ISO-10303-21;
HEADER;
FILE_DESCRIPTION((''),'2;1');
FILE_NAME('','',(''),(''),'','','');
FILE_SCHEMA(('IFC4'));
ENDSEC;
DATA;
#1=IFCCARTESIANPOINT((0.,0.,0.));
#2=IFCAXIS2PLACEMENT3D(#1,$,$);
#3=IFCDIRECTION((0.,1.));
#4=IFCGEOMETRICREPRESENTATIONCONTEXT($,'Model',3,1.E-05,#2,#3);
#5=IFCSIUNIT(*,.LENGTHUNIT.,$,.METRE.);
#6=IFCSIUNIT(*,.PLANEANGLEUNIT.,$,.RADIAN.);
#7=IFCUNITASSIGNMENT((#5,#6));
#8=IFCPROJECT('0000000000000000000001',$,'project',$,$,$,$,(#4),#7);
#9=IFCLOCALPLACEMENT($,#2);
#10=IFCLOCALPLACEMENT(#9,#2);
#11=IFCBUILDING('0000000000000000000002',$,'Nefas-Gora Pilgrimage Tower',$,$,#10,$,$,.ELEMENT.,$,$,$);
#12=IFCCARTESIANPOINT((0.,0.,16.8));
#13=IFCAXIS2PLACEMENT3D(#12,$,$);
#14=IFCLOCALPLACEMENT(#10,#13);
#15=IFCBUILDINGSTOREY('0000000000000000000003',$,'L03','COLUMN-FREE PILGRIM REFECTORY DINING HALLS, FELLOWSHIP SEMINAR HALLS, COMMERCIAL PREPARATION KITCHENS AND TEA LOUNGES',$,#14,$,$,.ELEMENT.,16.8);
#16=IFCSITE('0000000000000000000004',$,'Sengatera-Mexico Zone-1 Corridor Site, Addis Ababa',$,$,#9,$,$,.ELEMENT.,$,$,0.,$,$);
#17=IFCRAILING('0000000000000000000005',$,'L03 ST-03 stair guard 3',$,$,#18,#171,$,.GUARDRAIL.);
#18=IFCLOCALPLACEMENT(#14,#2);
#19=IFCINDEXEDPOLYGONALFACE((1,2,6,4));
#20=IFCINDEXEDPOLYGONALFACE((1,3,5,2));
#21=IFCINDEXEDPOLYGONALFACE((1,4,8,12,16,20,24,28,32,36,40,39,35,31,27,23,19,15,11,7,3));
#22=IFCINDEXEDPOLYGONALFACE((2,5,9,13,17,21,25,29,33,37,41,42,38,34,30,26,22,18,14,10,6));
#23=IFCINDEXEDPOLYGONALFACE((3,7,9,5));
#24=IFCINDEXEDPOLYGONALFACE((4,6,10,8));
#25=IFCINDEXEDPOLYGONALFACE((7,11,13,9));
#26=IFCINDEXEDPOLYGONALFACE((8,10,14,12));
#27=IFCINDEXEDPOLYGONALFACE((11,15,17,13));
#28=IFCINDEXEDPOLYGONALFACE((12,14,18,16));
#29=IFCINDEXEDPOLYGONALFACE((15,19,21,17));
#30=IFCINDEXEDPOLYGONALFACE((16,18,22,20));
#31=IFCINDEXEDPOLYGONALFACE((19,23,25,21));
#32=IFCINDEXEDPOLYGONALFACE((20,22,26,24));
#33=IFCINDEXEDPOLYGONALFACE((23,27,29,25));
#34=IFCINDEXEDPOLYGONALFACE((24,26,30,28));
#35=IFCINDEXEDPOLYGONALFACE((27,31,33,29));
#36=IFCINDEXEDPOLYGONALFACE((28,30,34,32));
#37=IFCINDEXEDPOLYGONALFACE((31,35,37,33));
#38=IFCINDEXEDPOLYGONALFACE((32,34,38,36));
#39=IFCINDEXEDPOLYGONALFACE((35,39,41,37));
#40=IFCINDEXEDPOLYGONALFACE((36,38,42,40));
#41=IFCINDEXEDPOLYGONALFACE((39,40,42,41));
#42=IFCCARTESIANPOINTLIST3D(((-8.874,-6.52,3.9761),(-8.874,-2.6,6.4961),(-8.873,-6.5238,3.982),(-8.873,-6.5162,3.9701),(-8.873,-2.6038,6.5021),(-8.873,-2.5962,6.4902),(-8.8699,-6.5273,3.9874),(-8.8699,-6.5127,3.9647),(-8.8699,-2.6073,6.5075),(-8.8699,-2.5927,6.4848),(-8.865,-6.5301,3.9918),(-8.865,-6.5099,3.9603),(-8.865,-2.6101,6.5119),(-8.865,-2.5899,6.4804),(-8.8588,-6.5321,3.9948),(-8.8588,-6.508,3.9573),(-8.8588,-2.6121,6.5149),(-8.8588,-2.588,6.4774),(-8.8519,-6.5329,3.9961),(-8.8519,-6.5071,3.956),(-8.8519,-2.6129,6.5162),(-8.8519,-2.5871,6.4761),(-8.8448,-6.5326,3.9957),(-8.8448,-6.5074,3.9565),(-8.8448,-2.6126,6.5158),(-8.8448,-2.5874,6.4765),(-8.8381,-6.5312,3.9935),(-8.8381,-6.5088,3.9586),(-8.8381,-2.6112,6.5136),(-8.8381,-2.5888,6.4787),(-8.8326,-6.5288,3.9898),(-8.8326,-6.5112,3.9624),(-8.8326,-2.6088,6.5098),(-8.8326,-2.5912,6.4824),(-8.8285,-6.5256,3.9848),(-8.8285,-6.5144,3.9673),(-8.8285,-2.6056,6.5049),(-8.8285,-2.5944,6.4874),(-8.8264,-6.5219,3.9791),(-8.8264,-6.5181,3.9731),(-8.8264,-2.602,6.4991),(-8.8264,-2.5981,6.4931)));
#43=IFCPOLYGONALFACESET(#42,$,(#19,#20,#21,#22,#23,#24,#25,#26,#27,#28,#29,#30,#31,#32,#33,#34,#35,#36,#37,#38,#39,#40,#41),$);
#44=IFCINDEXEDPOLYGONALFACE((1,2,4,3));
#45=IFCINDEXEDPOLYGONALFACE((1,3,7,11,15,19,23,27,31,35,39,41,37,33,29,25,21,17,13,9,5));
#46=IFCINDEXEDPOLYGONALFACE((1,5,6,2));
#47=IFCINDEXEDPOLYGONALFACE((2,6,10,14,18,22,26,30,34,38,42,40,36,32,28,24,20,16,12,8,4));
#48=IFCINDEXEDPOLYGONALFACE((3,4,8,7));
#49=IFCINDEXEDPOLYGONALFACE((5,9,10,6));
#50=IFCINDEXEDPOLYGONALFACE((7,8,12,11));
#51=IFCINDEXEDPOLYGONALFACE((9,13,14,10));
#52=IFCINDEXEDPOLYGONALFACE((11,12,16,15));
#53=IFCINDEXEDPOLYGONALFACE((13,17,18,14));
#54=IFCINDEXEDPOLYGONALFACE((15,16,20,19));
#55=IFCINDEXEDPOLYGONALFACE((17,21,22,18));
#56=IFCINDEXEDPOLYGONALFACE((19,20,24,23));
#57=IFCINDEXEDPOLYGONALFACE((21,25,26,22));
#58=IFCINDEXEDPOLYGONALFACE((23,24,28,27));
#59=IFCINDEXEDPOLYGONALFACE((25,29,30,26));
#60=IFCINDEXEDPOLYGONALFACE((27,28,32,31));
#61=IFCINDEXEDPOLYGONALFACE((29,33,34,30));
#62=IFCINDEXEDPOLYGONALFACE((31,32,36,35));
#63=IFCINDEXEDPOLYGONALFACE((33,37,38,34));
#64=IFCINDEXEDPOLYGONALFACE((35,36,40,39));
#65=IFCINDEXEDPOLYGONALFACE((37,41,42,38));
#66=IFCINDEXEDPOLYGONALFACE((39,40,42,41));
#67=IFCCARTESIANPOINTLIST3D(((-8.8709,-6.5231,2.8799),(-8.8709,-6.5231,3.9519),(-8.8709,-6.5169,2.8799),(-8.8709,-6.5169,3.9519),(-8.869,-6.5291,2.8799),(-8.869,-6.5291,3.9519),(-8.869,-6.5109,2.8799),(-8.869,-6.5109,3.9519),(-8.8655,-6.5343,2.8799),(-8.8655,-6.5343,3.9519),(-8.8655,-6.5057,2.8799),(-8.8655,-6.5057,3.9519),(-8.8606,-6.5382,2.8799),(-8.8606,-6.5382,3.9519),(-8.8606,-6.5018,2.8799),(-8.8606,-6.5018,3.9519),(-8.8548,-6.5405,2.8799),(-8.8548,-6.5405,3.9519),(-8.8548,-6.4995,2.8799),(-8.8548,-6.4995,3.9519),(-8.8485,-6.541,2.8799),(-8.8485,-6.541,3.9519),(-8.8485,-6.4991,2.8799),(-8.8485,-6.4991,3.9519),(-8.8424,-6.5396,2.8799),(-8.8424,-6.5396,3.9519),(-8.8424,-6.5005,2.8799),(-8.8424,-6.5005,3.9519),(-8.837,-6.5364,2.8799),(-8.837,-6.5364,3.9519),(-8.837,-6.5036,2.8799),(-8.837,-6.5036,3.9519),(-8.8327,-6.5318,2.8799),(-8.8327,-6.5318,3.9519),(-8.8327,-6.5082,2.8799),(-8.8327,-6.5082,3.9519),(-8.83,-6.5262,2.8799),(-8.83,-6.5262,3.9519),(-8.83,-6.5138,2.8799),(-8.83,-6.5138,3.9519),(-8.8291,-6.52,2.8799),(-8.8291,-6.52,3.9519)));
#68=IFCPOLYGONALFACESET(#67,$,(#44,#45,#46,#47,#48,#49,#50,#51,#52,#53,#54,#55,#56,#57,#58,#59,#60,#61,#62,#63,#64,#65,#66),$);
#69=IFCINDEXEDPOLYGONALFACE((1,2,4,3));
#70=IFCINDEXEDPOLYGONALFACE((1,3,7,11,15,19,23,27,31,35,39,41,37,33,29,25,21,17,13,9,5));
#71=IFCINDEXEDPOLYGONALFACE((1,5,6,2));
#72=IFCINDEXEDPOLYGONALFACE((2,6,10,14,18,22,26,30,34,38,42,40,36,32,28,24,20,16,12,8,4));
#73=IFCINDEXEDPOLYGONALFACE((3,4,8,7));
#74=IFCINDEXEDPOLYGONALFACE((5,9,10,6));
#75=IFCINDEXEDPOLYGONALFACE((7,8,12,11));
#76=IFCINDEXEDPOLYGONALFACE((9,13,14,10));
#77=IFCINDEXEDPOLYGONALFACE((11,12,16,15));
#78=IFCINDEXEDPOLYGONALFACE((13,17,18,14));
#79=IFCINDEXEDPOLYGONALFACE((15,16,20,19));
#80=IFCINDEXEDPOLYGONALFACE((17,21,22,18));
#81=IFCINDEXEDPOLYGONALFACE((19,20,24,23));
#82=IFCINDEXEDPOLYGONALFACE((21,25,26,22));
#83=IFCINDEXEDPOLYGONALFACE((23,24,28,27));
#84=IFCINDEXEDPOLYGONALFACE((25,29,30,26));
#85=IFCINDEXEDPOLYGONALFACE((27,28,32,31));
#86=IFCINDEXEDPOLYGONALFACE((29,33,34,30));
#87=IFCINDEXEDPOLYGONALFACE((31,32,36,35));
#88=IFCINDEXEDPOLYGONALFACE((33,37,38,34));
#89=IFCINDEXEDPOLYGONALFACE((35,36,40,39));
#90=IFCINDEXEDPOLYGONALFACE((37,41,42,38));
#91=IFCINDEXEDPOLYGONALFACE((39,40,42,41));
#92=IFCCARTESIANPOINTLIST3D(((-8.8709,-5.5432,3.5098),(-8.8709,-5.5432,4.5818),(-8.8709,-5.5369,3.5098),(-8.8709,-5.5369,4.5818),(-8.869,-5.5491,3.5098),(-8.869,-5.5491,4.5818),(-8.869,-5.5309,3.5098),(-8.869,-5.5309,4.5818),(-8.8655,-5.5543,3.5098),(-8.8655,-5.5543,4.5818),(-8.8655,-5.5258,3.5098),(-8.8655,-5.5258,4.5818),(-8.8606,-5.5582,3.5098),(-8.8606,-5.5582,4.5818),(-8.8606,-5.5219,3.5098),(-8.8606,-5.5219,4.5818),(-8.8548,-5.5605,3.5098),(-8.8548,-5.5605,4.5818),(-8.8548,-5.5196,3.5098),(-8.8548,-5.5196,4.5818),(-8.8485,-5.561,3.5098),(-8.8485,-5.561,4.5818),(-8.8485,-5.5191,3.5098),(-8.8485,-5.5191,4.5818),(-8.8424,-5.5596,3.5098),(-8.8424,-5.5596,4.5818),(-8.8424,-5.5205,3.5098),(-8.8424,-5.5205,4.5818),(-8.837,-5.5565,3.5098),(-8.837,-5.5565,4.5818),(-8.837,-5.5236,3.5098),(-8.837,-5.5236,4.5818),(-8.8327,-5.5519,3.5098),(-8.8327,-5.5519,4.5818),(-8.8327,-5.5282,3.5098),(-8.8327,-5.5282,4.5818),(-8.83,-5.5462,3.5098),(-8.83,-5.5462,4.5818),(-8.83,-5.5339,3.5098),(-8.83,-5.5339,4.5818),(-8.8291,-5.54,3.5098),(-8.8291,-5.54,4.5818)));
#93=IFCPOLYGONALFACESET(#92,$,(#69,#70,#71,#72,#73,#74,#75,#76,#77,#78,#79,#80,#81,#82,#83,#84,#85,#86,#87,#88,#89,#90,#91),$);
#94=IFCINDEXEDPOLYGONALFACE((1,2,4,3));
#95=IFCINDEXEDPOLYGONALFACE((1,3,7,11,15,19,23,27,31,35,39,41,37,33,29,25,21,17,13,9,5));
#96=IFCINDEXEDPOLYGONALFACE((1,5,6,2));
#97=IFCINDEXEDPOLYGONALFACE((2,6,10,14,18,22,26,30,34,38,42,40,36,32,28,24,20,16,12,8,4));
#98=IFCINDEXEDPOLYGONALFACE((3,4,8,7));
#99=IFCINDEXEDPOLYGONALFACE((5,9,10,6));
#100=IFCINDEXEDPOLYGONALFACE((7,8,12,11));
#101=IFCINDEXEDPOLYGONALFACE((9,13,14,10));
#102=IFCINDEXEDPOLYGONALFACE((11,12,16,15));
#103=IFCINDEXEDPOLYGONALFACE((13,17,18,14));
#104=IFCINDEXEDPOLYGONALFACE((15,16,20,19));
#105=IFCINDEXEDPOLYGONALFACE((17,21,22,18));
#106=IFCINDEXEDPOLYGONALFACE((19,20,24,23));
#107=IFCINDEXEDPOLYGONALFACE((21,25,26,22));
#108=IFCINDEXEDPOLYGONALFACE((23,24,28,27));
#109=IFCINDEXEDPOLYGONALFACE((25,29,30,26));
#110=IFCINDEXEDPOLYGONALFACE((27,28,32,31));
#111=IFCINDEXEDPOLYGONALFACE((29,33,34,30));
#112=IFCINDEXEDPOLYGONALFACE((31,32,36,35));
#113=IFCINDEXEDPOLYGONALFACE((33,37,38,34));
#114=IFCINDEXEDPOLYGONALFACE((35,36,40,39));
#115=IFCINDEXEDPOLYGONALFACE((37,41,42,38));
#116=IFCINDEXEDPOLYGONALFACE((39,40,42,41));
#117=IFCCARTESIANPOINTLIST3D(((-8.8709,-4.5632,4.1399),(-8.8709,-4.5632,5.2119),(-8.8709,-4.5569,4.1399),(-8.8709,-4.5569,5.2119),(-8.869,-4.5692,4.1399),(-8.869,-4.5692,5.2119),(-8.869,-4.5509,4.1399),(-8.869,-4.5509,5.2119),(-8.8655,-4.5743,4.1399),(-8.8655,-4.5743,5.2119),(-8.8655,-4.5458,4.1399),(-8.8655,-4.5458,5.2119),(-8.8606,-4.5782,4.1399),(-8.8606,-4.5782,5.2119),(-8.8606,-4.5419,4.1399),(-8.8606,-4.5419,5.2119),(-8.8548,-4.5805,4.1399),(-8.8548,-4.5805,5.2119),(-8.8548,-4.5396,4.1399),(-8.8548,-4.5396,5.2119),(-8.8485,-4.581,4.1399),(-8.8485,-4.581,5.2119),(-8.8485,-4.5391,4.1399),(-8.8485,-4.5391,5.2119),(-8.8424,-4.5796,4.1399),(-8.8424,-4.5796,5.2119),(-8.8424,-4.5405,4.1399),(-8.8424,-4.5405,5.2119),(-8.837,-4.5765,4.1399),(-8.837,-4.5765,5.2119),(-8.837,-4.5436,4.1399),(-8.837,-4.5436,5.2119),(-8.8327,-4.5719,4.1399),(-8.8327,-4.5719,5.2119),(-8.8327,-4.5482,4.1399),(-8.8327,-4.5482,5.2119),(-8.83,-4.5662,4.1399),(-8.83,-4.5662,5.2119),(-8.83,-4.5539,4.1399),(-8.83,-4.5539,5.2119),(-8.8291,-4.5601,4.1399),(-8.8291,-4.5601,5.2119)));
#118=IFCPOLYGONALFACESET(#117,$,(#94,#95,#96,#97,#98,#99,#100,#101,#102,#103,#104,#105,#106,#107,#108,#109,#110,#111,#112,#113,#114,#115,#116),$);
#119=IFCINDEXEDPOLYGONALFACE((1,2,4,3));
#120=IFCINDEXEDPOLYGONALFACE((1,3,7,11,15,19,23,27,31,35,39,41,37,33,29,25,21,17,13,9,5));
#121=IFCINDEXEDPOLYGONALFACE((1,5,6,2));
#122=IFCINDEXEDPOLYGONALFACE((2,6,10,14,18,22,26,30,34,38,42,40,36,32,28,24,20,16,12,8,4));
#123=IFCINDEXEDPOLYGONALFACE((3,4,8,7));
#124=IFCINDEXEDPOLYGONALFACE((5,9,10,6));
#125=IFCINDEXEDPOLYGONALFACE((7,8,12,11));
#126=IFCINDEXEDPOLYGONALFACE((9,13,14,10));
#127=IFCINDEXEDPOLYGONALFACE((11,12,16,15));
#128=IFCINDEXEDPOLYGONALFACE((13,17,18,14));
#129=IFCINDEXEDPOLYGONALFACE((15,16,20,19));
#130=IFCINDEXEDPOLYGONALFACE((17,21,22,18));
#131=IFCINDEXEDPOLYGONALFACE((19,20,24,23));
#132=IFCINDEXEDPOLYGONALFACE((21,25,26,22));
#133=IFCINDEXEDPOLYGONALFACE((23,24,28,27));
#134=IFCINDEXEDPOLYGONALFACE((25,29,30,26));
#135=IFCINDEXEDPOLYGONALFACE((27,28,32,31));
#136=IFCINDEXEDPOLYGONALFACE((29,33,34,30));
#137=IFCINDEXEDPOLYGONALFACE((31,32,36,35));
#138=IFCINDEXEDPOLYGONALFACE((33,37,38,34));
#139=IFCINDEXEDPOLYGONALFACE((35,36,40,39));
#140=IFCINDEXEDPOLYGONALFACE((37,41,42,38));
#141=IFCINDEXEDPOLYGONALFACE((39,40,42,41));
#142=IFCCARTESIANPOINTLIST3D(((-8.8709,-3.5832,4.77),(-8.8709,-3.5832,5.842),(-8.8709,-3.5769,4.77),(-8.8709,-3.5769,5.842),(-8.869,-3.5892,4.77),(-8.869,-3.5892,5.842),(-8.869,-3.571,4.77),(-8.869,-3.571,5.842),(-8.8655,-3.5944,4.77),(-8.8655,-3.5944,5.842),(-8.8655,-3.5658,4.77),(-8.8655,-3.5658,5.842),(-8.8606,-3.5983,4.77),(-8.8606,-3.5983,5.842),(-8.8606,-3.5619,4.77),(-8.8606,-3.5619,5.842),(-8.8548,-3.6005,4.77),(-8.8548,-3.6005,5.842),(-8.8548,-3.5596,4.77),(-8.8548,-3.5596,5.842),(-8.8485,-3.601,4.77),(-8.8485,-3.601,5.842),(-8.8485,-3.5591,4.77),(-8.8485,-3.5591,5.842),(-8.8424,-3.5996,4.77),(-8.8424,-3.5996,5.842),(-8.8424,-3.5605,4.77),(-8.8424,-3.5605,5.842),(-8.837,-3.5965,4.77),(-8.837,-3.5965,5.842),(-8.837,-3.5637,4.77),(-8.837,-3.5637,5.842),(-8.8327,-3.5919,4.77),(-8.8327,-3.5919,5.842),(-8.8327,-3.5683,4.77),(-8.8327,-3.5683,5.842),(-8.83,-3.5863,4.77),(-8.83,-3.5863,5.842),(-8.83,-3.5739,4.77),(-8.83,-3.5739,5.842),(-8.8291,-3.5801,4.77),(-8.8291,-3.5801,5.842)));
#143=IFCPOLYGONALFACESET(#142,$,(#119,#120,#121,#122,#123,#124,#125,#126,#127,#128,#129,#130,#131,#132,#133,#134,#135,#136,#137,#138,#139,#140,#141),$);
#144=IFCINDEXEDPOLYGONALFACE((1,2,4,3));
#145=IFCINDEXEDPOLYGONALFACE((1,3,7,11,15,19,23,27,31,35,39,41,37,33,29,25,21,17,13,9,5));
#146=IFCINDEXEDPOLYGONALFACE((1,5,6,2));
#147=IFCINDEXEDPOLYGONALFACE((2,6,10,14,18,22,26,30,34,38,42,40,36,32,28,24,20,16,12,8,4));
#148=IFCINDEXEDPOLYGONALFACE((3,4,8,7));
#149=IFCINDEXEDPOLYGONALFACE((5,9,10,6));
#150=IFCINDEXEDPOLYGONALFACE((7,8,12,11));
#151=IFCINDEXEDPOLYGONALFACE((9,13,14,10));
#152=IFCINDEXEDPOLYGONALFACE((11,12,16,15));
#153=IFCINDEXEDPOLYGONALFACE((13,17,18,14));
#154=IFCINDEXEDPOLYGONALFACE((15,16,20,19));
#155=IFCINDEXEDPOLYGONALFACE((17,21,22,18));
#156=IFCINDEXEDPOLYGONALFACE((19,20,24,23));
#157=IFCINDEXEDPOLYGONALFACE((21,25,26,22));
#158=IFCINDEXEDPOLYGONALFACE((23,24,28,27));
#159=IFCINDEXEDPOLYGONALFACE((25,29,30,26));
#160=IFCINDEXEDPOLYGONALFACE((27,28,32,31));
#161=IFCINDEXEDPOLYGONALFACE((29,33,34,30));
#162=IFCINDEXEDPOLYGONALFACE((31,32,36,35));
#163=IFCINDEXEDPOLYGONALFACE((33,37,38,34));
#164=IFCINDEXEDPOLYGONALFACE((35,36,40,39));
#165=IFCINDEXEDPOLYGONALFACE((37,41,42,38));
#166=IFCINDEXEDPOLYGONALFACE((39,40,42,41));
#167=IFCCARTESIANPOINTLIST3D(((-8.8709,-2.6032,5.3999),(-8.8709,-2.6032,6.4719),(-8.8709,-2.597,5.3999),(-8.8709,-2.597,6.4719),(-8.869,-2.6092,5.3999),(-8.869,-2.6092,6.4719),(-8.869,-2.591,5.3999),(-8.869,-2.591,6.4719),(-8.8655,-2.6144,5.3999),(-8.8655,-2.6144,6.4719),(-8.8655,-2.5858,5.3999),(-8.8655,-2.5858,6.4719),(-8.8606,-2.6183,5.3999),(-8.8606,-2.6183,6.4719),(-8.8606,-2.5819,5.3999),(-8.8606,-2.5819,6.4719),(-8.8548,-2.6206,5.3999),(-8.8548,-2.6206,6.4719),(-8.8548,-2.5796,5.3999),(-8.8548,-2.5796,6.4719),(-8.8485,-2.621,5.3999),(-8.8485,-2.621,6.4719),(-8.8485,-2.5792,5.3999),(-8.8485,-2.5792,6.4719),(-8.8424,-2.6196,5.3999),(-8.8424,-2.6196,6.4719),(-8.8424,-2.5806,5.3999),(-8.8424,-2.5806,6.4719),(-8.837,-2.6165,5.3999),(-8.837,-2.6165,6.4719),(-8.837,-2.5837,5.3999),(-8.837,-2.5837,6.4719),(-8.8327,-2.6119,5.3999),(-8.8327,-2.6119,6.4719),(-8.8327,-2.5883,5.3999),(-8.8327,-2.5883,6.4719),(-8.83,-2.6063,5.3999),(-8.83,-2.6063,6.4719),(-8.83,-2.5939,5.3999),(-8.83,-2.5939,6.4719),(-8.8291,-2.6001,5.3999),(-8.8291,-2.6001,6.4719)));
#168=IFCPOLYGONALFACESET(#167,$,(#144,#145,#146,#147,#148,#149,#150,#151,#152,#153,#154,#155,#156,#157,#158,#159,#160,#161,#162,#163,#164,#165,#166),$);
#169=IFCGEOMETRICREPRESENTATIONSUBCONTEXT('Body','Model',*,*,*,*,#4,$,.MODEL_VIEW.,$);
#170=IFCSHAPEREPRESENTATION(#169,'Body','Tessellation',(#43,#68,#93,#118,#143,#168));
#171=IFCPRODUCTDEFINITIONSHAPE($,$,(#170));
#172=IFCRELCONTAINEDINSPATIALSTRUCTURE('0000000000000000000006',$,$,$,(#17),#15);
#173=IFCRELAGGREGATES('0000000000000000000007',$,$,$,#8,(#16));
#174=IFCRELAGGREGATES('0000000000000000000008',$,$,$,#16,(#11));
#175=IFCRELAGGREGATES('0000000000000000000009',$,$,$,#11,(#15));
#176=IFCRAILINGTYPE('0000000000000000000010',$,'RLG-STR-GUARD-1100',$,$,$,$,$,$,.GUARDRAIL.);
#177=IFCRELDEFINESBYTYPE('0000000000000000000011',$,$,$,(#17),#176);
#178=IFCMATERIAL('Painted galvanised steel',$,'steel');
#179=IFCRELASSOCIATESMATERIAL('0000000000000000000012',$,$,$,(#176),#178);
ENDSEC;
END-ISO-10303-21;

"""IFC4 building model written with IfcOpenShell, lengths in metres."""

from ifc_helpers import new_model, si_unit, direction, frame, origin, origin_2d, place, context, subcontext, project, spatial, circle, extrude, material, type_object, element, save


model = new_model("IFC4")

# Units and contexts
model_context = context("Model", 3, precision=1e-05, world=origin(), true_north=direction((0.0, 1.0)))
body_context = subcontext(model_context, "Body", "Model", "MODEL_VIEW")
ifc_project = project(units=[si_unit("LENGTHUNIT", "METRE"), si_unit("PLANEANGLEUNIT", "RADIAN")], contexts=[model_context])

# Site, building, storey
site_placement = place(None, origin())
site = spatial("IfcSite", under=ifc_project, at=site_placement, Name="Sengatera-Mexico Zone-1 Corridor Site, Addis Ababa", CompositionType="ELEMENT", RefElevation=0.0)
building_placement = place(site_placement, origin())
building = spatial("IfcBuilding", under=site, at=building_placement, Name="Nefas-Gora Pilgrimage Tower", CompositionType="ELEMENT")
storey_placement = place(building_placement, frame((0.0, 0.0, 16.8)))
storey = spatial("IfcBuildingStorey", under=building, at=storey_placement, Name="L03", Description="COLUMN-FREE PILGRIM REFECTORY DINING HALLS, FELLOWSHIP SEMINAR HALLS, COMMERCIAL PREPARATION KITCHENS AND TEA LOUNGES", CompositionType="ELEMENT", Elevation=16.8)

# Railing
ifc_material_1 = material(Name="Painted galvanised steel", Category="steel")
railing_type = type_object("IfcRailingType", Name="RLG-STR-GUARD-1100", PredefinedType="GUARDRAIL", material=ifc_material_1)
railing_1_placement = place(storey_placement, frame((-8.8501, -6.52, 2.8799)))
element("IfcRailing", 1, at=railing_1_placement, inside=storey, type_object=railing_type, Name="L03 ST-03 stair guard 3", PredefinedType="GUARDRAIL", context=body_context, shape_type="SweptSolid", body=[
    extrude(circle(Radius=0.0239, at=origin_2d()), frame((0.0, 0.0, 1.0962), z_axis=(0.0, 0.841172, 0.540768), x_axis=(-1.0, 0.0, 0.0)), (0.0, 0.0, 1.0), 4.6602),
    extrude(circle(Radius=0.021, at=origin_2d()), origin(), (0.0, 0.0, 1.0), 1.072),
    extrude(circle(Radius=0.021, at=origin_2d()), frame((0.0, 0.98, 0.6299)), (0.0, 0.0, 1.0), 1.072),
    extrude(circle(Radius=0.021, at=origin_2d()), frame((0.0, 1.96, 1.26)), (0.0, 0.0, 1.0), 1.072),
    extrude(circle(Radius=0.021, at=origin_2d()), frame((0.0, 2.9399, 1.8901)), (0.0, 0.0, 1.0), 1.072),
    extrude(circle(Radius=0.021, at=origin_2d()), frame((0.0, 3.9199, 2.52)), (0.0, 0.0, 1.0), 1.072),
])

save(model, "model.ifc")
